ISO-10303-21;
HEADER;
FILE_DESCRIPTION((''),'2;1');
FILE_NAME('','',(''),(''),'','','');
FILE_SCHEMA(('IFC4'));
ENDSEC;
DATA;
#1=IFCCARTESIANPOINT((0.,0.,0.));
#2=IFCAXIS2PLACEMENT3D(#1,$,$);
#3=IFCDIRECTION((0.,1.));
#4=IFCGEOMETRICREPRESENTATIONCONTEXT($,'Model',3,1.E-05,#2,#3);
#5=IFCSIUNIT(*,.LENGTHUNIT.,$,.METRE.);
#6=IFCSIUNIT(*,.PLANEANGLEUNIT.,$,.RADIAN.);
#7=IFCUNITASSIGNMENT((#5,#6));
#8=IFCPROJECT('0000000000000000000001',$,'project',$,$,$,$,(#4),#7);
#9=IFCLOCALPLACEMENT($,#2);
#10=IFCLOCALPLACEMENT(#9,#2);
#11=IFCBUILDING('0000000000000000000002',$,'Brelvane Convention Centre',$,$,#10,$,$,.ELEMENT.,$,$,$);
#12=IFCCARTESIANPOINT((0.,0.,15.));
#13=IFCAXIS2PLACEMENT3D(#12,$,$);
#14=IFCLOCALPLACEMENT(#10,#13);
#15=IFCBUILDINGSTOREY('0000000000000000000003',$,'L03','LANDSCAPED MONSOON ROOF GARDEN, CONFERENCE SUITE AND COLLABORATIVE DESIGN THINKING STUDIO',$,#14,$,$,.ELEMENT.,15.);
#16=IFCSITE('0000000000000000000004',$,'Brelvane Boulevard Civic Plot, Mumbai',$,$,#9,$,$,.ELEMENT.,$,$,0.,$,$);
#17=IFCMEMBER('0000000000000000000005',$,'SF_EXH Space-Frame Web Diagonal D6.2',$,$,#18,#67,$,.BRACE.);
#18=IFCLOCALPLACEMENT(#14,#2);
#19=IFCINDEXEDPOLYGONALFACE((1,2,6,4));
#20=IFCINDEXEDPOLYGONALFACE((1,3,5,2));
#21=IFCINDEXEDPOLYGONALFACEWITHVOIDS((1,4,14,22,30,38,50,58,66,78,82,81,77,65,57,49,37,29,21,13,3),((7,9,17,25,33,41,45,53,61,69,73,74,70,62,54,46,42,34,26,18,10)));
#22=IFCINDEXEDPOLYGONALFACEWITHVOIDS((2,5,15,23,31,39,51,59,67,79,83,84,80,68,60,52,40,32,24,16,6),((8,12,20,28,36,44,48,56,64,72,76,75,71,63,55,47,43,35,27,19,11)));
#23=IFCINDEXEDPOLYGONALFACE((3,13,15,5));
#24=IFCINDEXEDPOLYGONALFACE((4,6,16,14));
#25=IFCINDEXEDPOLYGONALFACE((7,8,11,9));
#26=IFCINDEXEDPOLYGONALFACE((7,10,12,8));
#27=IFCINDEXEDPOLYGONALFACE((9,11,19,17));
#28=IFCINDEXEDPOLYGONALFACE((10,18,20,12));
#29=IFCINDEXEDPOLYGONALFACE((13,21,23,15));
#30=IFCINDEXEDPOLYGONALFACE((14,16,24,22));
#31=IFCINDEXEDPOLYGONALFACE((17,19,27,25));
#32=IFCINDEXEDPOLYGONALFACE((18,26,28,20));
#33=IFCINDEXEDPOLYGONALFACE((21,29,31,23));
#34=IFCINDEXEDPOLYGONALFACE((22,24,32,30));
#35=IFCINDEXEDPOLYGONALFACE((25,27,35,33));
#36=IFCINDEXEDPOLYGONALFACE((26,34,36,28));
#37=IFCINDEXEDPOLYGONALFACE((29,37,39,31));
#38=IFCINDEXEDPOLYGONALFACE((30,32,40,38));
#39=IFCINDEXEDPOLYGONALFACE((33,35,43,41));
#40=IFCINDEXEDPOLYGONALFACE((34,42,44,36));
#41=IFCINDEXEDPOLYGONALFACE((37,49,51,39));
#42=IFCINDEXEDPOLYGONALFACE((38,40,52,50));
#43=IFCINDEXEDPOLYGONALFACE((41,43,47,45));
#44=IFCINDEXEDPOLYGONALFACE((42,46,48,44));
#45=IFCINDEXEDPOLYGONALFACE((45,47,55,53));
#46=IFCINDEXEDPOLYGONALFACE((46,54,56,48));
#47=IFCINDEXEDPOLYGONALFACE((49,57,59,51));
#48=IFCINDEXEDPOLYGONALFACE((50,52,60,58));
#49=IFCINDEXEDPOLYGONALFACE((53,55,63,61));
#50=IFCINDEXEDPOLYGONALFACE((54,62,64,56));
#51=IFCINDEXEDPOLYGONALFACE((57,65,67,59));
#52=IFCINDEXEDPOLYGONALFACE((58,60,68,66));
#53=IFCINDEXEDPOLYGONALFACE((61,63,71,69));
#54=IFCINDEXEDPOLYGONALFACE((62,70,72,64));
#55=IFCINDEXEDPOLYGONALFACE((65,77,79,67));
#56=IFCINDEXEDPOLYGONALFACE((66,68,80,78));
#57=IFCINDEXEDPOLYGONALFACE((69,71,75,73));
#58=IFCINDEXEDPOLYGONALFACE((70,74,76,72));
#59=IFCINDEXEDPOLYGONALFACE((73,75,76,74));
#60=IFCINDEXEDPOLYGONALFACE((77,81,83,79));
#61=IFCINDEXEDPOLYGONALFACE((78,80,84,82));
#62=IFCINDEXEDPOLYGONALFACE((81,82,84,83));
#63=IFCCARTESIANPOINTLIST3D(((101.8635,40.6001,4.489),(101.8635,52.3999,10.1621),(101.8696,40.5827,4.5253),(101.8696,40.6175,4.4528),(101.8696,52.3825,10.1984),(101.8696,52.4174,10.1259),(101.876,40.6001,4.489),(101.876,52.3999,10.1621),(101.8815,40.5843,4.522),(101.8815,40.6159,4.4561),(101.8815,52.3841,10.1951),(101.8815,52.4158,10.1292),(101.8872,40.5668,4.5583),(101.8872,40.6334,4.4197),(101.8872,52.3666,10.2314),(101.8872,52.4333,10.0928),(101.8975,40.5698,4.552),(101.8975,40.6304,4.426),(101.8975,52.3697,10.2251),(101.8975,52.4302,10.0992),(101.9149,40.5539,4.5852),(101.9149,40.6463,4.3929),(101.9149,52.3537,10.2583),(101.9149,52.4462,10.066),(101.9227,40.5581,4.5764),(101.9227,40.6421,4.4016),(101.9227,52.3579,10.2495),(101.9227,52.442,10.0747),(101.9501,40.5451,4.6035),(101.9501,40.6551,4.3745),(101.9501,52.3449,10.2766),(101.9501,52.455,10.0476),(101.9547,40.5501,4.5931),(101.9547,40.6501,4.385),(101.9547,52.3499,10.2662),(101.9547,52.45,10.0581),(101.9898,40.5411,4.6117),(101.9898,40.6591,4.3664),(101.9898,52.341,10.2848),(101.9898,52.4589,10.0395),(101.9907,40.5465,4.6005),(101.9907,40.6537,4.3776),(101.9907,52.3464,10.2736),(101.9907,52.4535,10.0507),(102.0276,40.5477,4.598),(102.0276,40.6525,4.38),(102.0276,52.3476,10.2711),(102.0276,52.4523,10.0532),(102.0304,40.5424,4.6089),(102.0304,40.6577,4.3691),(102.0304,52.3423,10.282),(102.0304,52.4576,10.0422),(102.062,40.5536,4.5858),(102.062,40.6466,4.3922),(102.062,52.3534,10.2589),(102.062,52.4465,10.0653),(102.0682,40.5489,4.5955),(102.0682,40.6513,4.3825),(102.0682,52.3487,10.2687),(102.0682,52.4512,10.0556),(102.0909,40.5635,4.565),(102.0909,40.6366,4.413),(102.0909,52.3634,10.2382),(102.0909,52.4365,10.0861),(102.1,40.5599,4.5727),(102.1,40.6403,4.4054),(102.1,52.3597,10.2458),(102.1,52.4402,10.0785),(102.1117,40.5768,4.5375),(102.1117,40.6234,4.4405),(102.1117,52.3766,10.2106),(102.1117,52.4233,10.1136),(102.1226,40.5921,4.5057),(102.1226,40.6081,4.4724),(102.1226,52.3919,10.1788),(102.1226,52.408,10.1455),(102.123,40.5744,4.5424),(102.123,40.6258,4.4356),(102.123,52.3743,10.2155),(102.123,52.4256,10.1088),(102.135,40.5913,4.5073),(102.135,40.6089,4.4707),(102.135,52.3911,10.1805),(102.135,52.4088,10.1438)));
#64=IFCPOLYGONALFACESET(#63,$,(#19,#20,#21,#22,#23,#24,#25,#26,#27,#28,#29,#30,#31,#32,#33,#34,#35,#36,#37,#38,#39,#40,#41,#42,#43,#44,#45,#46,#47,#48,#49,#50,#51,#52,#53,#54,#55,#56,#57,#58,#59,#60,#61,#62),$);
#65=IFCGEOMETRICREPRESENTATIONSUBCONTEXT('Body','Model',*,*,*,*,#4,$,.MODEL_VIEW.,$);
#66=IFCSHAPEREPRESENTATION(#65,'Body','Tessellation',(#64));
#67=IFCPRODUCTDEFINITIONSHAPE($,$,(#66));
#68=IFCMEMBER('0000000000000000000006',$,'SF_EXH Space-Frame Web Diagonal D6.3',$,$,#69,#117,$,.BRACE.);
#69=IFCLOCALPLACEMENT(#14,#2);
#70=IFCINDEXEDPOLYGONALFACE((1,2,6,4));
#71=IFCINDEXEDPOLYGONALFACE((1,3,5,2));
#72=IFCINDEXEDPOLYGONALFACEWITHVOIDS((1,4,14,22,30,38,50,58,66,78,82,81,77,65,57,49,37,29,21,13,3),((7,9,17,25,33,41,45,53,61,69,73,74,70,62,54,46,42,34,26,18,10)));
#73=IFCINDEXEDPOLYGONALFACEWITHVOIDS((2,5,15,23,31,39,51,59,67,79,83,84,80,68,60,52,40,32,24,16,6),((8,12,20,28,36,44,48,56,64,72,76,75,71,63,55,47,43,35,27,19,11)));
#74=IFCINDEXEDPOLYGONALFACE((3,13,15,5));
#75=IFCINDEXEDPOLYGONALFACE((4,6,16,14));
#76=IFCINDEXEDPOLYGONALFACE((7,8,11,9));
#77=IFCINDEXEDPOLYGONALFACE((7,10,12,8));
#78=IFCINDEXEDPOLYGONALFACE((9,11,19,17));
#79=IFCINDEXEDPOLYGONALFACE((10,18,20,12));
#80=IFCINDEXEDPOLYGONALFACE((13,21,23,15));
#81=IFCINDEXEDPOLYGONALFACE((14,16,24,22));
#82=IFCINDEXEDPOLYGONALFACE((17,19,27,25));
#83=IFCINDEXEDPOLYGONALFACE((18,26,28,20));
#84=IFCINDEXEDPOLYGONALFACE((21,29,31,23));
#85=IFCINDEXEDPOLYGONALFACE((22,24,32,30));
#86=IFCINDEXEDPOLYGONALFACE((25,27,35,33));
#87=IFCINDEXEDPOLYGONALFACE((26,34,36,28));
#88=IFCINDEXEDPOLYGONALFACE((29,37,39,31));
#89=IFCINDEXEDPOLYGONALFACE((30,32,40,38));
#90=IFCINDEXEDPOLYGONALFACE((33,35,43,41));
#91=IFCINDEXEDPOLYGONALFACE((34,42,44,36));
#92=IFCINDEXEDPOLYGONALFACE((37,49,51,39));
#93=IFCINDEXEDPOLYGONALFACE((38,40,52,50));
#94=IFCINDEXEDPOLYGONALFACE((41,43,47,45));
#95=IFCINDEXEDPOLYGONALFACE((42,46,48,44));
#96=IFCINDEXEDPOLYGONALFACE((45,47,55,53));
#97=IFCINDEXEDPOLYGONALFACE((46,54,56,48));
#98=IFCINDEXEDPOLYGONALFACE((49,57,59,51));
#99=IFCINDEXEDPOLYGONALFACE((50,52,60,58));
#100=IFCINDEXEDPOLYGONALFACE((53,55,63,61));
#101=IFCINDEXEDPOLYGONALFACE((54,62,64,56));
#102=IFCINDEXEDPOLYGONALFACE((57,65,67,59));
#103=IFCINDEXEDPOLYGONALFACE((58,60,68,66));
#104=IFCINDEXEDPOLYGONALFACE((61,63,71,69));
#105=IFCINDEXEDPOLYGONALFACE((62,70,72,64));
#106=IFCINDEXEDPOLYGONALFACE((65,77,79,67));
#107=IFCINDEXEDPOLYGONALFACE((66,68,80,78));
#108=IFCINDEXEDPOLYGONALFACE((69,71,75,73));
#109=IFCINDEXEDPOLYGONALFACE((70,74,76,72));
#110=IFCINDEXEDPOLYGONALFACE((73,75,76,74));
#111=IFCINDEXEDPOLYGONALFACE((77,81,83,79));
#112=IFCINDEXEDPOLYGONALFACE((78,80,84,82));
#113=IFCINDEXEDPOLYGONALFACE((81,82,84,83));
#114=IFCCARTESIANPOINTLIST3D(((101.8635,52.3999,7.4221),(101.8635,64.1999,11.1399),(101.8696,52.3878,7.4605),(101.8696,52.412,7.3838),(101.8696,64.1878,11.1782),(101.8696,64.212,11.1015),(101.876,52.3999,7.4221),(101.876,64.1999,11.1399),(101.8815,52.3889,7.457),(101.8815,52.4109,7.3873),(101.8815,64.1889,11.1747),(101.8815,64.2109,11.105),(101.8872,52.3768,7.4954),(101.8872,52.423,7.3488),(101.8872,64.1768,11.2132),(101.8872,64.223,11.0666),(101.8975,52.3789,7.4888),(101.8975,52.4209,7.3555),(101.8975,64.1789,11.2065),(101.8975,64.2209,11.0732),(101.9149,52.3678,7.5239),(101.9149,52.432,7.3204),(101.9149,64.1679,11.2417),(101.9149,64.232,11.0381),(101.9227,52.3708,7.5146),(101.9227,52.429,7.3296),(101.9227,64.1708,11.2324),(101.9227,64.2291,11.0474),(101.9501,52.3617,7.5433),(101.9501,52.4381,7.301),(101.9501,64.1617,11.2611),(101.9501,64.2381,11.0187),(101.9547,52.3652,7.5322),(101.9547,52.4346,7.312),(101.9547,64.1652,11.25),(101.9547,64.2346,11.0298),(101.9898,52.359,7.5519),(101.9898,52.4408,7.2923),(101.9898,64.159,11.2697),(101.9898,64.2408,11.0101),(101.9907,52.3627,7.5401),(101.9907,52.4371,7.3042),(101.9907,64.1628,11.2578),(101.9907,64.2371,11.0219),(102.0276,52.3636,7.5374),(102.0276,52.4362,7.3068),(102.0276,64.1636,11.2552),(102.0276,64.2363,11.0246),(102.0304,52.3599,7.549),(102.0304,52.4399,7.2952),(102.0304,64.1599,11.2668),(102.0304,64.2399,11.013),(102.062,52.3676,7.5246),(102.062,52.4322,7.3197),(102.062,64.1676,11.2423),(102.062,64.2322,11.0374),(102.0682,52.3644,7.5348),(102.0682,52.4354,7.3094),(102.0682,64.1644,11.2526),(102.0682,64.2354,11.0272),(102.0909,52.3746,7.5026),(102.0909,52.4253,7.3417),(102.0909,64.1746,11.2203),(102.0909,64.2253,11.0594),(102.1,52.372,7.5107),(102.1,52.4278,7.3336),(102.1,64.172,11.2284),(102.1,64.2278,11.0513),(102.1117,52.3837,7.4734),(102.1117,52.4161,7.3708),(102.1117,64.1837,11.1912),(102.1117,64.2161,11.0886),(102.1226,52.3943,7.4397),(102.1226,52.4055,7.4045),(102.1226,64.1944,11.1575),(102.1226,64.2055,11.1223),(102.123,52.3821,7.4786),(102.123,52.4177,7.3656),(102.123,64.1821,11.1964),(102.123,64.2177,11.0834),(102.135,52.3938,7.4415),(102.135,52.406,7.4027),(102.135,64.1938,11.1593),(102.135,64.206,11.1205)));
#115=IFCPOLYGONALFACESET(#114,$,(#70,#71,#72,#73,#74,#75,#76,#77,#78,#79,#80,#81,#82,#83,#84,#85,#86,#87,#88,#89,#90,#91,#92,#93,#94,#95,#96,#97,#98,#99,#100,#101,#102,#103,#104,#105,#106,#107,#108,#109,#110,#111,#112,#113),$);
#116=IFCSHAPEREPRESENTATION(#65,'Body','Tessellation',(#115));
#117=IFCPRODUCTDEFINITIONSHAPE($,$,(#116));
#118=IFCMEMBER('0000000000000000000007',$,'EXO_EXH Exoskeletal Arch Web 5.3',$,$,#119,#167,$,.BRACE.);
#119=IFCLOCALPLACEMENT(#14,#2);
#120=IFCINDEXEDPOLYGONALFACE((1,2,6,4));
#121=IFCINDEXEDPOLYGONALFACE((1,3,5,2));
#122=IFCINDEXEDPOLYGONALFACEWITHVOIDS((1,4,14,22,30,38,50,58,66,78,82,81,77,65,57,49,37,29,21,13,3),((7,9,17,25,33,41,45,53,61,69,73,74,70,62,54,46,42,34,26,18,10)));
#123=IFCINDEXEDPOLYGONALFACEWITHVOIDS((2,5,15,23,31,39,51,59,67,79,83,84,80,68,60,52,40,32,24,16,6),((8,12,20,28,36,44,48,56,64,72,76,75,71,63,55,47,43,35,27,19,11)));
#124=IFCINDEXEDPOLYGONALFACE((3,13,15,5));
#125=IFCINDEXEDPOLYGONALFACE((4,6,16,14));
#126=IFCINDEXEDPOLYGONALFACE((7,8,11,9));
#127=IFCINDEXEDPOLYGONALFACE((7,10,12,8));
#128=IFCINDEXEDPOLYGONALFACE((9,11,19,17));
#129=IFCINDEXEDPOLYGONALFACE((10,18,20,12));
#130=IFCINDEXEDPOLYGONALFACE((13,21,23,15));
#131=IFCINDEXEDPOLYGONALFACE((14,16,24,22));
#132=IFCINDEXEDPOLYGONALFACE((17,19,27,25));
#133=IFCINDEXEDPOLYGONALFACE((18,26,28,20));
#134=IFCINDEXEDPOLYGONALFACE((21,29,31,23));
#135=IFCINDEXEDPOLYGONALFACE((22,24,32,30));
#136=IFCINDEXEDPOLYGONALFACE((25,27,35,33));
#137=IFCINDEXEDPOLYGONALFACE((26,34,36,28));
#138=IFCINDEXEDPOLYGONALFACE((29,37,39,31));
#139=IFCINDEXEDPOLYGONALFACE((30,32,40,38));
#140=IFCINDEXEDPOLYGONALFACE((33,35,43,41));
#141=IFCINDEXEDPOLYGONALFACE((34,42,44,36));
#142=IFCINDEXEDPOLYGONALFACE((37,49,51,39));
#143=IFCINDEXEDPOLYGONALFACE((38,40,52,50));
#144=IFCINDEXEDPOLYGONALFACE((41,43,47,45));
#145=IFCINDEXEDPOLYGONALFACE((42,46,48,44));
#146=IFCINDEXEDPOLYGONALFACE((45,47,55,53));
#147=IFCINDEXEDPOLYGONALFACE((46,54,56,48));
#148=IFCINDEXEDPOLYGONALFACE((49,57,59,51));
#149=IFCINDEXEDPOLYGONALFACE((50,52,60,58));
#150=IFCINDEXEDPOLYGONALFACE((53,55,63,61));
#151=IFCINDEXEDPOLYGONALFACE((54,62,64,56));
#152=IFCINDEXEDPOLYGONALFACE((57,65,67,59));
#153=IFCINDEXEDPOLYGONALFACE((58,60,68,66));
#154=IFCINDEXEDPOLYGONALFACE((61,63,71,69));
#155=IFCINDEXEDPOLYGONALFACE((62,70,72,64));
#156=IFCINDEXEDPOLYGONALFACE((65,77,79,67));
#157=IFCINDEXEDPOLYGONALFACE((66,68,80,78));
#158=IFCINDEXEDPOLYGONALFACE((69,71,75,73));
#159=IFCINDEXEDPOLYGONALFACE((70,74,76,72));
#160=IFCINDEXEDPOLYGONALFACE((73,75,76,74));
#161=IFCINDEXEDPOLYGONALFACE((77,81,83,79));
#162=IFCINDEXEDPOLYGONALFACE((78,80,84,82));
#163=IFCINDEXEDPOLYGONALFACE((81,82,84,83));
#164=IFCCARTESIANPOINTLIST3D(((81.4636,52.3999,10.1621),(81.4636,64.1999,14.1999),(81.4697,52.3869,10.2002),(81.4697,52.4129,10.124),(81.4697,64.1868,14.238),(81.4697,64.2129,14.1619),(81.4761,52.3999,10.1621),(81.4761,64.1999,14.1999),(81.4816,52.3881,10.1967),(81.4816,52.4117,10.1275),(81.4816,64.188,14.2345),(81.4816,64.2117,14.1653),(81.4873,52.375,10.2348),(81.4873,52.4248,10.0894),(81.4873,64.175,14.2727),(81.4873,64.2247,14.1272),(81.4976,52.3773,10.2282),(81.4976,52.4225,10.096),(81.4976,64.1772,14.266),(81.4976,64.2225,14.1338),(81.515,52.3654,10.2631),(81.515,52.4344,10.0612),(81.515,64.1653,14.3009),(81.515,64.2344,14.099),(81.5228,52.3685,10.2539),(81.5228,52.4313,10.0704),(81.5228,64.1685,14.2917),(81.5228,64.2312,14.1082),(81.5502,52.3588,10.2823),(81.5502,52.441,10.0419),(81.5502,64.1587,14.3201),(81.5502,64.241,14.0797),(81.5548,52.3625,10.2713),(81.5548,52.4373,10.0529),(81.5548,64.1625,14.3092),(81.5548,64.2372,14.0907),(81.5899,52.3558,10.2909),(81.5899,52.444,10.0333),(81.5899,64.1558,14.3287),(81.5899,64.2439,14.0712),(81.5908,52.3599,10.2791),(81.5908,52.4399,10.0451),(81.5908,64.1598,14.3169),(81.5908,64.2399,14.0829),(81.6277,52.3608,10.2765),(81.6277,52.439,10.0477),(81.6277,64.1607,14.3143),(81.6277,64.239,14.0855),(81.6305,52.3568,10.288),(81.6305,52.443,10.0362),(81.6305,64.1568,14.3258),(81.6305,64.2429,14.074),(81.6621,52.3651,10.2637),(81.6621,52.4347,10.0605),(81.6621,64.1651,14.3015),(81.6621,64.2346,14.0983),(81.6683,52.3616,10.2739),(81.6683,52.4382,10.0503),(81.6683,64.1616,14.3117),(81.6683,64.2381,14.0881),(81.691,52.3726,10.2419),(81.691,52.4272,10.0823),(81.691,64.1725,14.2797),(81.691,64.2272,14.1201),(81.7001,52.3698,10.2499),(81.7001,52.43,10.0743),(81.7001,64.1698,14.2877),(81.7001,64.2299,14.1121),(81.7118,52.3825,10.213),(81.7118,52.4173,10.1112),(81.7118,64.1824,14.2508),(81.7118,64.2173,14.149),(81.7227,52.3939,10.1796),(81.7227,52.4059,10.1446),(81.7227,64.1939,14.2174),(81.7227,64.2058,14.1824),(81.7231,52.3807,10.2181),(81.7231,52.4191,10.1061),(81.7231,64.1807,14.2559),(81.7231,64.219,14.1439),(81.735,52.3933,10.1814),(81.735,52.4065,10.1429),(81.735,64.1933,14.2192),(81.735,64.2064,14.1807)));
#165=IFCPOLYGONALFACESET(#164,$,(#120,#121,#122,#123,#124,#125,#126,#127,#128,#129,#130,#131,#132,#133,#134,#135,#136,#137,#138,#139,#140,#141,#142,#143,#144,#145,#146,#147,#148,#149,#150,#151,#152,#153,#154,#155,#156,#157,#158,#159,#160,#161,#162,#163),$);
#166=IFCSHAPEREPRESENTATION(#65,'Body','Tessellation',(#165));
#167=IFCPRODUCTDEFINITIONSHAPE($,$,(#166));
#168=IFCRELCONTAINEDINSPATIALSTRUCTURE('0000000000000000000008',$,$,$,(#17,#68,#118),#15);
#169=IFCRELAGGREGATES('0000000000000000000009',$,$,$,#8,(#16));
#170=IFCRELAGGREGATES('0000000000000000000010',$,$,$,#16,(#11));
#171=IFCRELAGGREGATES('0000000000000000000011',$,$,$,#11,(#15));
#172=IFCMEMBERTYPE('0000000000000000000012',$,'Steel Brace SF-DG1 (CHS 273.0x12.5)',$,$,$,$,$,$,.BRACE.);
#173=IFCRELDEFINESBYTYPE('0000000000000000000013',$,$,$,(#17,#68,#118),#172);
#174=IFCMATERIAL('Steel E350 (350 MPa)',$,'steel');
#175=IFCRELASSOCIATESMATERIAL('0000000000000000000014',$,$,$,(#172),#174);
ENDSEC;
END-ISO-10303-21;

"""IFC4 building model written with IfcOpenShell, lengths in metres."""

from ifc_helpers import new_model, si_unit, direction, frame, origin, origin_2d, place, context, subcontext, project, spatial, hollow_circle, extrude, material, material_profile, profile_set, type_object, element, save


model = new_model("IFC4")

# Units and contexts
model_context = context("Model", 3, precision=1e-05, world=origin(), true_north=direction((0.0, 1.0)))
body_context = subcontext(model_context, "Body", "Model", "MODEL_VIEW")
ifc_project = project(units=[si_unit("LENGTHUNIT", "METRE"), si_unit("PLANEANGLEUNIT", "RADIAN")], contexts=[model_context])

# Site, building, storey
site_placement = place(None, origin())
site = spatial("IfcSite", under=ifc_project, at=site_placement, Name="Brelvane Boulevard Civic Plot, Mumbai", CompositionType="ELEMENT", RefElevation=0.0)
building_placement = place(site_placement, origin())
building = spatial("IfcBuilding", under=site, at=building_placement, Name="Brelvane Convention Centre", CompositionType="ELEMENT")
storey_placement = place(building_placement, frame((0.0, 0.0, 15.0)))
storey = spatial("IfcBuildingStorey", under=building, at=storey_placement, Name="L03", Description="LANDSCAPED MONSOON ROOF GARDEN, CONFERENCE SUITE AND COLLABORATIVE DESIGN THINKING STUDIO", CompositionType="ELEMENT", Elevation=15.0)

# Members
ifc_material_1 = material(Name="Steel E350 (350 MPa)", Category="steel")
ifc_material_profile_1 = material_profile(ifc_material_1, hollow_circle(Radius=0.1365, WallThickness=0.0125, at=origin_2d()), Name="CHS 273.0x12.5")
ifc_profile_set_1 = profile_set([ifc_material_profile_1], Name="Steel E350 (350 MPa)")
member_type_1 = type_object("IfcMemberType", Name="Steel Brace SF-DG1 (CHS 273.0x12.5)", PredefinedType="BRACE", material=ifc_profile_set_1)
member_1_placement = place(storey_placement, frame((102.0, 40.6001, 4.489), z_axis=(0.0, 0.901249, 0.433301), x_axis=(-1.0, 0.0, 0.0)))
element("IfcMember", 1, at=member_1_placement, inside=storey, type_object=member_type_1, Name="SF_EXH Space-Frame Web Diagonal D6.2", PredefinedType="BRACE", context=body_context, shape_type="SweptSolid", body=[
    extrude(hollow_circle(Radius=0.1365, WallThickness=0.0125, at=origin_2d()), origin(), (0.0, 0.0, 1.0), 13.0928),
])
member_2_placement = place(storey_placement, frame((102.0, 52.3999, 7.4221), z_axis=(0.0, 0.953781, 0.300502), x_axis=(-1.0, 0.0, 0.0)))
element("IfcMember", 2, at=member_2_placement, inside=storey, type_object=member_type_1, Name="SF_EXH Space-Frame Web Diagonal D6.3", PredefinedType="BRACE", context=body_context, shape_type="SweptSolid", body=[
    extrude(hollow_circle(Radius=0.1365, WallThickness=0.0125, at=origin_2d()), origin(), (0.0, 0.0, 1.0), 12.3718),
])
member_3_placement = place(storey_placement, frame((81.6001, 52.3999, 10.1621), z_axis=(0.0, 0.94614, 0.323758), x_axis=(-1.0, 0.0, 0.0)))
element("IfcMember", 3, at=member_3_placement, inside=storey, type_object=member_type_1, Name="EXO_EXH Exoskeletal Arch Web 5.3", PredefinedType="BRACE", context=body_context, shape_type="SweptSolid", body=[
    extrude(hollow_circle(Radius=0.1365, WallThickness=0.0125, at=origin_2d()), origin(), (0.0, 0.0, 1.0), 12.4717),
])

save(model, "model.ifc")
